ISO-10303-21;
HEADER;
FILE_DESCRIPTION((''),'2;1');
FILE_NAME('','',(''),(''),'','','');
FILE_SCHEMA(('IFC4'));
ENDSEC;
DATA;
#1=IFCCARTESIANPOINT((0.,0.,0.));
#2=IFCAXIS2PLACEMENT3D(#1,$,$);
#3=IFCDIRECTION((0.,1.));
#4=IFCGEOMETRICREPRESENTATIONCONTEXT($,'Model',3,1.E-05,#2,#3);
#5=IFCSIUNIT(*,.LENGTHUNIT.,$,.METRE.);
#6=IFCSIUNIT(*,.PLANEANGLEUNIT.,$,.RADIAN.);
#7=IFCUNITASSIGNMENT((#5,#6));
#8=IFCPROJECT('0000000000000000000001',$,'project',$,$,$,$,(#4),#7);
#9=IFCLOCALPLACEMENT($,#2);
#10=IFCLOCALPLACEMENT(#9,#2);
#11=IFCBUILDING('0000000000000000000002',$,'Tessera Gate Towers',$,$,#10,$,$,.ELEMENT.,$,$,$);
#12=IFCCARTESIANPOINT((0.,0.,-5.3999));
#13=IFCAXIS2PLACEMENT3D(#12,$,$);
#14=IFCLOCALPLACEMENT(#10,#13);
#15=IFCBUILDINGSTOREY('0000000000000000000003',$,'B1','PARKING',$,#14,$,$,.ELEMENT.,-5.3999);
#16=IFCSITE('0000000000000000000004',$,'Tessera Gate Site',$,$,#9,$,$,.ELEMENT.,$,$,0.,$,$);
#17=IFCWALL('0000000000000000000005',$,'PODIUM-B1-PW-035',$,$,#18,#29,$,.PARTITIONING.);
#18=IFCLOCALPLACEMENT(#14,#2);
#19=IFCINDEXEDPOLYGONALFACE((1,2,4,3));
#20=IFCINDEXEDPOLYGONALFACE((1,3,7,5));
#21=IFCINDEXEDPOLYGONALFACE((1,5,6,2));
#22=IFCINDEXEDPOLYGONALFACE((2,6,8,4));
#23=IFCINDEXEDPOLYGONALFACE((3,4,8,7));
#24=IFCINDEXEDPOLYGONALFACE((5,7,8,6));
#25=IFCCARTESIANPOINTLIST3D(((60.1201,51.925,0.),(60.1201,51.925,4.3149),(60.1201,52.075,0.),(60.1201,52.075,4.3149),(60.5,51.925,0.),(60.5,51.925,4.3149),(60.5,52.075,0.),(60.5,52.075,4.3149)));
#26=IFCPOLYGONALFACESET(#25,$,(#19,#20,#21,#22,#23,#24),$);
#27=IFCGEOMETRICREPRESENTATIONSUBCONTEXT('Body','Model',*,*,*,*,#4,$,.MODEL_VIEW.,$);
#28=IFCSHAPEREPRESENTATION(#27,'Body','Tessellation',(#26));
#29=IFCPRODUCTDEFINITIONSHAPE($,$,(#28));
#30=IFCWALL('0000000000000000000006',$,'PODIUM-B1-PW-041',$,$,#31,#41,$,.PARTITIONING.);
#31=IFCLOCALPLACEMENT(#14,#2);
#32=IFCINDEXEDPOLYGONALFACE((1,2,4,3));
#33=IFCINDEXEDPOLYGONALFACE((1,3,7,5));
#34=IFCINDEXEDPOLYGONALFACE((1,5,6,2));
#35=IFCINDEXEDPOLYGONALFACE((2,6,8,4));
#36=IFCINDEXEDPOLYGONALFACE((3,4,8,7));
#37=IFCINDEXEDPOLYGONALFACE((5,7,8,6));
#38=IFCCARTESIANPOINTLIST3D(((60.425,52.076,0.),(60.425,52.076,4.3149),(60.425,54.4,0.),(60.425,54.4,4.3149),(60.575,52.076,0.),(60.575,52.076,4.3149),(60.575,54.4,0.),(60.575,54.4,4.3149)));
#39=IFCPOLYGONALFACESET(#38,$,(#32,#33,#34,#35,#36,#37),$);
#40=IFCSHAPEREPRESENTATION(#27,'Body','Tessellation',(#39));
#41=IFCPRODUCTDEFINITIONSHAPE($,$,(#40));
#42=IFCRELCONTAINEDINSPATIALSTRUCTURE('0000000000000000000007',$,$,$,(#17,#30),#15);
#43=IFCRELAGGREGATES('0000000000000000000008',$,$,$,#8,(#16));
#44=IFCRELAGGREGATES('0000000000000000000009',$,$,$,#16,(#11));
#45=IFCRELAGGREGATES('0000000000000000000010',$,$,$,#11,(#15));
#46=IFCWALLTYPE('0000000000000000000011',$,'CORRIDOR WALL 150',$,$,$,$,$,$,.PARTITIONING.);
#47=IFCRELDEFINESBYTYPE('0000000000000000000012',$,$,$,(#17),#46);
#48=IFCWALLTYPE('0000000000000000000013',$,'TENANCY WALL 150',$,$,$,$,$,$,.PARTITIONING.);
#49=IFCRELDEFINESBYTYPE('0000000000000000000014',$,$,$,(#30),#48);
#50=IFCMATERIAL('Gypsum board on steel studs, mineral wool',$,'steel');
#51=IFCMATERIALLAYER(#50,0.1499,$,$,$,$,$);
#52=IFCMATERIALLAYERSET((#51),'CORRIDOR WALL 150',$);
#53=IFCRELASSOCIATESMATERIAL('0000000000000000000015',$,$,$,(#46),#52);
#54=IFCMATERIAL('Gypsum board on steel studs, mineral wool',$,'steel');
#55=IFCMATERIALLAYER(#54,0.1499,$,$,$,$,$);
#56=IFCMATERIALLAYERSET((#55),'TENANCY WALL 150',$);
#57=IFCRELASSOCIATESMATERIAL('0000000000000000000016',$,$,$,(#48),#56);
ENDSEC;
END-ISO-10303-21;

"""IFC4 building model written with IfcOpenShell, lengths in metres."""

from ifc_helpers import new_model, si_unit, direction, frame, frame_2d, origin, place, context, subcontext, project, spatial, rectangle, extrude, material, layer, layer_set, type_object, element, save


model = new_model("IFC4")

# Units and contexts
model_context = context("Model", 3, precision=1e-05, world=origin(), true_north=direction((0.0, 1.0)))
body_context = subcontext(model_context, "Body", "Model", "MODEL_VIEW")
ifc_project = project(units=[si_unit("LENGTHUNIT", "METRE"), si_unit("PLANEANGLEUNIT", "RADIAN")], contexts=[model_context])

# Site, building, storey
site_placement = place(None, origin())
site = spatial("IfcSite", under=ifc_project, at=site_placement, Name="Tessera Gate Site", CompositionType="ELEMENT", RefElevation=0.0)
building_placement = place(site_placement, origin())
building = spatial("IfcBuilding", under=site, at=building_placement, Name="Tessera Gate Towers", CompositionType="ELEMENT")
storey_placement = place(building_placement, frame((0.0, 0.0, -5.3999)))
storey = spatial("IfcBuildingStorey", under=building, at=storey_placement, Name="B1", Description="PARKING", CompositionType="ELEMENT", Elevation=-5.3999)

# Walls
ifc_material_1 = material(Name="Gypsum board on steel studs, mineral wool", Category="steel")
ifc_layer_1 = layer(ifc_material_1, 0.1499)
ifc_layer_set_1 = layer_set([ifc_layer_1], Name="CORRIDOR WALL 150")
wall_type_1 = type_object("IfcWallType", Name="CORRIDOR WALL 150", PredefinedType="PARTITIONING", material=ifc_layer_set_1)
wall_1_placement = place(storey_placement, frame((60.1201, 52.0, 0.0), z_axis=(0.0, 0.0, 1.0), x_axis=(1.0, 0.0, 0.0)))
element("IfcWall", 1, at=wall_1_placement, inside=storey, type_object=wall_type_1, Name="PODIUM-B1-PW-035", PredefinedType="PARTITIONING", context=body_context, shape_type="SweptSolid", body=[
    extrude(rectangle(XDim=0.3799, YDim=0.1499, at=frame_2d((0.1899, 0.0))), origin(), (0.0, 0.0, 1.0), 4.3149),
])
ifc_material_2 = material(Name="Gypsum board on steel studs, mineral wool", Category="steel")
ifc_layer_2 = layer(ifc_material_2, 0.1499)
ifc_layer_set_2 = layer_set([ifc_layer_2], Name="TENANCY WALL 150")
wall_type_2 = type_object("IfcWallType", Name="TENANCY WALL 150", PredefinedType="PARTITIONING", material=ifc_layer_set_2)
wall_2_placement = place(storey_placement, frame((60.5, 52.0759, 0.0), z_axis=(0.0, 0.0, 1.0), x_axis=(0.0, 1.0, 0.0)))
element("IfcWall", 2, at=wall_2_placement, inside=storey, type_object=wall_type_2, Name="PODIUM-B1-PW-041", PredefinedType="PARTITIONING", context=body_context, shape_type="SweptSolid", body=[
    extrude(rectangle(XDim=2.324, YDim=0.1499, at=frame_2d((1.1621, 0.0))), origin(), (0.0, 0.0, 1.0), 4.3149),
])

save(model, "model.ifc")
